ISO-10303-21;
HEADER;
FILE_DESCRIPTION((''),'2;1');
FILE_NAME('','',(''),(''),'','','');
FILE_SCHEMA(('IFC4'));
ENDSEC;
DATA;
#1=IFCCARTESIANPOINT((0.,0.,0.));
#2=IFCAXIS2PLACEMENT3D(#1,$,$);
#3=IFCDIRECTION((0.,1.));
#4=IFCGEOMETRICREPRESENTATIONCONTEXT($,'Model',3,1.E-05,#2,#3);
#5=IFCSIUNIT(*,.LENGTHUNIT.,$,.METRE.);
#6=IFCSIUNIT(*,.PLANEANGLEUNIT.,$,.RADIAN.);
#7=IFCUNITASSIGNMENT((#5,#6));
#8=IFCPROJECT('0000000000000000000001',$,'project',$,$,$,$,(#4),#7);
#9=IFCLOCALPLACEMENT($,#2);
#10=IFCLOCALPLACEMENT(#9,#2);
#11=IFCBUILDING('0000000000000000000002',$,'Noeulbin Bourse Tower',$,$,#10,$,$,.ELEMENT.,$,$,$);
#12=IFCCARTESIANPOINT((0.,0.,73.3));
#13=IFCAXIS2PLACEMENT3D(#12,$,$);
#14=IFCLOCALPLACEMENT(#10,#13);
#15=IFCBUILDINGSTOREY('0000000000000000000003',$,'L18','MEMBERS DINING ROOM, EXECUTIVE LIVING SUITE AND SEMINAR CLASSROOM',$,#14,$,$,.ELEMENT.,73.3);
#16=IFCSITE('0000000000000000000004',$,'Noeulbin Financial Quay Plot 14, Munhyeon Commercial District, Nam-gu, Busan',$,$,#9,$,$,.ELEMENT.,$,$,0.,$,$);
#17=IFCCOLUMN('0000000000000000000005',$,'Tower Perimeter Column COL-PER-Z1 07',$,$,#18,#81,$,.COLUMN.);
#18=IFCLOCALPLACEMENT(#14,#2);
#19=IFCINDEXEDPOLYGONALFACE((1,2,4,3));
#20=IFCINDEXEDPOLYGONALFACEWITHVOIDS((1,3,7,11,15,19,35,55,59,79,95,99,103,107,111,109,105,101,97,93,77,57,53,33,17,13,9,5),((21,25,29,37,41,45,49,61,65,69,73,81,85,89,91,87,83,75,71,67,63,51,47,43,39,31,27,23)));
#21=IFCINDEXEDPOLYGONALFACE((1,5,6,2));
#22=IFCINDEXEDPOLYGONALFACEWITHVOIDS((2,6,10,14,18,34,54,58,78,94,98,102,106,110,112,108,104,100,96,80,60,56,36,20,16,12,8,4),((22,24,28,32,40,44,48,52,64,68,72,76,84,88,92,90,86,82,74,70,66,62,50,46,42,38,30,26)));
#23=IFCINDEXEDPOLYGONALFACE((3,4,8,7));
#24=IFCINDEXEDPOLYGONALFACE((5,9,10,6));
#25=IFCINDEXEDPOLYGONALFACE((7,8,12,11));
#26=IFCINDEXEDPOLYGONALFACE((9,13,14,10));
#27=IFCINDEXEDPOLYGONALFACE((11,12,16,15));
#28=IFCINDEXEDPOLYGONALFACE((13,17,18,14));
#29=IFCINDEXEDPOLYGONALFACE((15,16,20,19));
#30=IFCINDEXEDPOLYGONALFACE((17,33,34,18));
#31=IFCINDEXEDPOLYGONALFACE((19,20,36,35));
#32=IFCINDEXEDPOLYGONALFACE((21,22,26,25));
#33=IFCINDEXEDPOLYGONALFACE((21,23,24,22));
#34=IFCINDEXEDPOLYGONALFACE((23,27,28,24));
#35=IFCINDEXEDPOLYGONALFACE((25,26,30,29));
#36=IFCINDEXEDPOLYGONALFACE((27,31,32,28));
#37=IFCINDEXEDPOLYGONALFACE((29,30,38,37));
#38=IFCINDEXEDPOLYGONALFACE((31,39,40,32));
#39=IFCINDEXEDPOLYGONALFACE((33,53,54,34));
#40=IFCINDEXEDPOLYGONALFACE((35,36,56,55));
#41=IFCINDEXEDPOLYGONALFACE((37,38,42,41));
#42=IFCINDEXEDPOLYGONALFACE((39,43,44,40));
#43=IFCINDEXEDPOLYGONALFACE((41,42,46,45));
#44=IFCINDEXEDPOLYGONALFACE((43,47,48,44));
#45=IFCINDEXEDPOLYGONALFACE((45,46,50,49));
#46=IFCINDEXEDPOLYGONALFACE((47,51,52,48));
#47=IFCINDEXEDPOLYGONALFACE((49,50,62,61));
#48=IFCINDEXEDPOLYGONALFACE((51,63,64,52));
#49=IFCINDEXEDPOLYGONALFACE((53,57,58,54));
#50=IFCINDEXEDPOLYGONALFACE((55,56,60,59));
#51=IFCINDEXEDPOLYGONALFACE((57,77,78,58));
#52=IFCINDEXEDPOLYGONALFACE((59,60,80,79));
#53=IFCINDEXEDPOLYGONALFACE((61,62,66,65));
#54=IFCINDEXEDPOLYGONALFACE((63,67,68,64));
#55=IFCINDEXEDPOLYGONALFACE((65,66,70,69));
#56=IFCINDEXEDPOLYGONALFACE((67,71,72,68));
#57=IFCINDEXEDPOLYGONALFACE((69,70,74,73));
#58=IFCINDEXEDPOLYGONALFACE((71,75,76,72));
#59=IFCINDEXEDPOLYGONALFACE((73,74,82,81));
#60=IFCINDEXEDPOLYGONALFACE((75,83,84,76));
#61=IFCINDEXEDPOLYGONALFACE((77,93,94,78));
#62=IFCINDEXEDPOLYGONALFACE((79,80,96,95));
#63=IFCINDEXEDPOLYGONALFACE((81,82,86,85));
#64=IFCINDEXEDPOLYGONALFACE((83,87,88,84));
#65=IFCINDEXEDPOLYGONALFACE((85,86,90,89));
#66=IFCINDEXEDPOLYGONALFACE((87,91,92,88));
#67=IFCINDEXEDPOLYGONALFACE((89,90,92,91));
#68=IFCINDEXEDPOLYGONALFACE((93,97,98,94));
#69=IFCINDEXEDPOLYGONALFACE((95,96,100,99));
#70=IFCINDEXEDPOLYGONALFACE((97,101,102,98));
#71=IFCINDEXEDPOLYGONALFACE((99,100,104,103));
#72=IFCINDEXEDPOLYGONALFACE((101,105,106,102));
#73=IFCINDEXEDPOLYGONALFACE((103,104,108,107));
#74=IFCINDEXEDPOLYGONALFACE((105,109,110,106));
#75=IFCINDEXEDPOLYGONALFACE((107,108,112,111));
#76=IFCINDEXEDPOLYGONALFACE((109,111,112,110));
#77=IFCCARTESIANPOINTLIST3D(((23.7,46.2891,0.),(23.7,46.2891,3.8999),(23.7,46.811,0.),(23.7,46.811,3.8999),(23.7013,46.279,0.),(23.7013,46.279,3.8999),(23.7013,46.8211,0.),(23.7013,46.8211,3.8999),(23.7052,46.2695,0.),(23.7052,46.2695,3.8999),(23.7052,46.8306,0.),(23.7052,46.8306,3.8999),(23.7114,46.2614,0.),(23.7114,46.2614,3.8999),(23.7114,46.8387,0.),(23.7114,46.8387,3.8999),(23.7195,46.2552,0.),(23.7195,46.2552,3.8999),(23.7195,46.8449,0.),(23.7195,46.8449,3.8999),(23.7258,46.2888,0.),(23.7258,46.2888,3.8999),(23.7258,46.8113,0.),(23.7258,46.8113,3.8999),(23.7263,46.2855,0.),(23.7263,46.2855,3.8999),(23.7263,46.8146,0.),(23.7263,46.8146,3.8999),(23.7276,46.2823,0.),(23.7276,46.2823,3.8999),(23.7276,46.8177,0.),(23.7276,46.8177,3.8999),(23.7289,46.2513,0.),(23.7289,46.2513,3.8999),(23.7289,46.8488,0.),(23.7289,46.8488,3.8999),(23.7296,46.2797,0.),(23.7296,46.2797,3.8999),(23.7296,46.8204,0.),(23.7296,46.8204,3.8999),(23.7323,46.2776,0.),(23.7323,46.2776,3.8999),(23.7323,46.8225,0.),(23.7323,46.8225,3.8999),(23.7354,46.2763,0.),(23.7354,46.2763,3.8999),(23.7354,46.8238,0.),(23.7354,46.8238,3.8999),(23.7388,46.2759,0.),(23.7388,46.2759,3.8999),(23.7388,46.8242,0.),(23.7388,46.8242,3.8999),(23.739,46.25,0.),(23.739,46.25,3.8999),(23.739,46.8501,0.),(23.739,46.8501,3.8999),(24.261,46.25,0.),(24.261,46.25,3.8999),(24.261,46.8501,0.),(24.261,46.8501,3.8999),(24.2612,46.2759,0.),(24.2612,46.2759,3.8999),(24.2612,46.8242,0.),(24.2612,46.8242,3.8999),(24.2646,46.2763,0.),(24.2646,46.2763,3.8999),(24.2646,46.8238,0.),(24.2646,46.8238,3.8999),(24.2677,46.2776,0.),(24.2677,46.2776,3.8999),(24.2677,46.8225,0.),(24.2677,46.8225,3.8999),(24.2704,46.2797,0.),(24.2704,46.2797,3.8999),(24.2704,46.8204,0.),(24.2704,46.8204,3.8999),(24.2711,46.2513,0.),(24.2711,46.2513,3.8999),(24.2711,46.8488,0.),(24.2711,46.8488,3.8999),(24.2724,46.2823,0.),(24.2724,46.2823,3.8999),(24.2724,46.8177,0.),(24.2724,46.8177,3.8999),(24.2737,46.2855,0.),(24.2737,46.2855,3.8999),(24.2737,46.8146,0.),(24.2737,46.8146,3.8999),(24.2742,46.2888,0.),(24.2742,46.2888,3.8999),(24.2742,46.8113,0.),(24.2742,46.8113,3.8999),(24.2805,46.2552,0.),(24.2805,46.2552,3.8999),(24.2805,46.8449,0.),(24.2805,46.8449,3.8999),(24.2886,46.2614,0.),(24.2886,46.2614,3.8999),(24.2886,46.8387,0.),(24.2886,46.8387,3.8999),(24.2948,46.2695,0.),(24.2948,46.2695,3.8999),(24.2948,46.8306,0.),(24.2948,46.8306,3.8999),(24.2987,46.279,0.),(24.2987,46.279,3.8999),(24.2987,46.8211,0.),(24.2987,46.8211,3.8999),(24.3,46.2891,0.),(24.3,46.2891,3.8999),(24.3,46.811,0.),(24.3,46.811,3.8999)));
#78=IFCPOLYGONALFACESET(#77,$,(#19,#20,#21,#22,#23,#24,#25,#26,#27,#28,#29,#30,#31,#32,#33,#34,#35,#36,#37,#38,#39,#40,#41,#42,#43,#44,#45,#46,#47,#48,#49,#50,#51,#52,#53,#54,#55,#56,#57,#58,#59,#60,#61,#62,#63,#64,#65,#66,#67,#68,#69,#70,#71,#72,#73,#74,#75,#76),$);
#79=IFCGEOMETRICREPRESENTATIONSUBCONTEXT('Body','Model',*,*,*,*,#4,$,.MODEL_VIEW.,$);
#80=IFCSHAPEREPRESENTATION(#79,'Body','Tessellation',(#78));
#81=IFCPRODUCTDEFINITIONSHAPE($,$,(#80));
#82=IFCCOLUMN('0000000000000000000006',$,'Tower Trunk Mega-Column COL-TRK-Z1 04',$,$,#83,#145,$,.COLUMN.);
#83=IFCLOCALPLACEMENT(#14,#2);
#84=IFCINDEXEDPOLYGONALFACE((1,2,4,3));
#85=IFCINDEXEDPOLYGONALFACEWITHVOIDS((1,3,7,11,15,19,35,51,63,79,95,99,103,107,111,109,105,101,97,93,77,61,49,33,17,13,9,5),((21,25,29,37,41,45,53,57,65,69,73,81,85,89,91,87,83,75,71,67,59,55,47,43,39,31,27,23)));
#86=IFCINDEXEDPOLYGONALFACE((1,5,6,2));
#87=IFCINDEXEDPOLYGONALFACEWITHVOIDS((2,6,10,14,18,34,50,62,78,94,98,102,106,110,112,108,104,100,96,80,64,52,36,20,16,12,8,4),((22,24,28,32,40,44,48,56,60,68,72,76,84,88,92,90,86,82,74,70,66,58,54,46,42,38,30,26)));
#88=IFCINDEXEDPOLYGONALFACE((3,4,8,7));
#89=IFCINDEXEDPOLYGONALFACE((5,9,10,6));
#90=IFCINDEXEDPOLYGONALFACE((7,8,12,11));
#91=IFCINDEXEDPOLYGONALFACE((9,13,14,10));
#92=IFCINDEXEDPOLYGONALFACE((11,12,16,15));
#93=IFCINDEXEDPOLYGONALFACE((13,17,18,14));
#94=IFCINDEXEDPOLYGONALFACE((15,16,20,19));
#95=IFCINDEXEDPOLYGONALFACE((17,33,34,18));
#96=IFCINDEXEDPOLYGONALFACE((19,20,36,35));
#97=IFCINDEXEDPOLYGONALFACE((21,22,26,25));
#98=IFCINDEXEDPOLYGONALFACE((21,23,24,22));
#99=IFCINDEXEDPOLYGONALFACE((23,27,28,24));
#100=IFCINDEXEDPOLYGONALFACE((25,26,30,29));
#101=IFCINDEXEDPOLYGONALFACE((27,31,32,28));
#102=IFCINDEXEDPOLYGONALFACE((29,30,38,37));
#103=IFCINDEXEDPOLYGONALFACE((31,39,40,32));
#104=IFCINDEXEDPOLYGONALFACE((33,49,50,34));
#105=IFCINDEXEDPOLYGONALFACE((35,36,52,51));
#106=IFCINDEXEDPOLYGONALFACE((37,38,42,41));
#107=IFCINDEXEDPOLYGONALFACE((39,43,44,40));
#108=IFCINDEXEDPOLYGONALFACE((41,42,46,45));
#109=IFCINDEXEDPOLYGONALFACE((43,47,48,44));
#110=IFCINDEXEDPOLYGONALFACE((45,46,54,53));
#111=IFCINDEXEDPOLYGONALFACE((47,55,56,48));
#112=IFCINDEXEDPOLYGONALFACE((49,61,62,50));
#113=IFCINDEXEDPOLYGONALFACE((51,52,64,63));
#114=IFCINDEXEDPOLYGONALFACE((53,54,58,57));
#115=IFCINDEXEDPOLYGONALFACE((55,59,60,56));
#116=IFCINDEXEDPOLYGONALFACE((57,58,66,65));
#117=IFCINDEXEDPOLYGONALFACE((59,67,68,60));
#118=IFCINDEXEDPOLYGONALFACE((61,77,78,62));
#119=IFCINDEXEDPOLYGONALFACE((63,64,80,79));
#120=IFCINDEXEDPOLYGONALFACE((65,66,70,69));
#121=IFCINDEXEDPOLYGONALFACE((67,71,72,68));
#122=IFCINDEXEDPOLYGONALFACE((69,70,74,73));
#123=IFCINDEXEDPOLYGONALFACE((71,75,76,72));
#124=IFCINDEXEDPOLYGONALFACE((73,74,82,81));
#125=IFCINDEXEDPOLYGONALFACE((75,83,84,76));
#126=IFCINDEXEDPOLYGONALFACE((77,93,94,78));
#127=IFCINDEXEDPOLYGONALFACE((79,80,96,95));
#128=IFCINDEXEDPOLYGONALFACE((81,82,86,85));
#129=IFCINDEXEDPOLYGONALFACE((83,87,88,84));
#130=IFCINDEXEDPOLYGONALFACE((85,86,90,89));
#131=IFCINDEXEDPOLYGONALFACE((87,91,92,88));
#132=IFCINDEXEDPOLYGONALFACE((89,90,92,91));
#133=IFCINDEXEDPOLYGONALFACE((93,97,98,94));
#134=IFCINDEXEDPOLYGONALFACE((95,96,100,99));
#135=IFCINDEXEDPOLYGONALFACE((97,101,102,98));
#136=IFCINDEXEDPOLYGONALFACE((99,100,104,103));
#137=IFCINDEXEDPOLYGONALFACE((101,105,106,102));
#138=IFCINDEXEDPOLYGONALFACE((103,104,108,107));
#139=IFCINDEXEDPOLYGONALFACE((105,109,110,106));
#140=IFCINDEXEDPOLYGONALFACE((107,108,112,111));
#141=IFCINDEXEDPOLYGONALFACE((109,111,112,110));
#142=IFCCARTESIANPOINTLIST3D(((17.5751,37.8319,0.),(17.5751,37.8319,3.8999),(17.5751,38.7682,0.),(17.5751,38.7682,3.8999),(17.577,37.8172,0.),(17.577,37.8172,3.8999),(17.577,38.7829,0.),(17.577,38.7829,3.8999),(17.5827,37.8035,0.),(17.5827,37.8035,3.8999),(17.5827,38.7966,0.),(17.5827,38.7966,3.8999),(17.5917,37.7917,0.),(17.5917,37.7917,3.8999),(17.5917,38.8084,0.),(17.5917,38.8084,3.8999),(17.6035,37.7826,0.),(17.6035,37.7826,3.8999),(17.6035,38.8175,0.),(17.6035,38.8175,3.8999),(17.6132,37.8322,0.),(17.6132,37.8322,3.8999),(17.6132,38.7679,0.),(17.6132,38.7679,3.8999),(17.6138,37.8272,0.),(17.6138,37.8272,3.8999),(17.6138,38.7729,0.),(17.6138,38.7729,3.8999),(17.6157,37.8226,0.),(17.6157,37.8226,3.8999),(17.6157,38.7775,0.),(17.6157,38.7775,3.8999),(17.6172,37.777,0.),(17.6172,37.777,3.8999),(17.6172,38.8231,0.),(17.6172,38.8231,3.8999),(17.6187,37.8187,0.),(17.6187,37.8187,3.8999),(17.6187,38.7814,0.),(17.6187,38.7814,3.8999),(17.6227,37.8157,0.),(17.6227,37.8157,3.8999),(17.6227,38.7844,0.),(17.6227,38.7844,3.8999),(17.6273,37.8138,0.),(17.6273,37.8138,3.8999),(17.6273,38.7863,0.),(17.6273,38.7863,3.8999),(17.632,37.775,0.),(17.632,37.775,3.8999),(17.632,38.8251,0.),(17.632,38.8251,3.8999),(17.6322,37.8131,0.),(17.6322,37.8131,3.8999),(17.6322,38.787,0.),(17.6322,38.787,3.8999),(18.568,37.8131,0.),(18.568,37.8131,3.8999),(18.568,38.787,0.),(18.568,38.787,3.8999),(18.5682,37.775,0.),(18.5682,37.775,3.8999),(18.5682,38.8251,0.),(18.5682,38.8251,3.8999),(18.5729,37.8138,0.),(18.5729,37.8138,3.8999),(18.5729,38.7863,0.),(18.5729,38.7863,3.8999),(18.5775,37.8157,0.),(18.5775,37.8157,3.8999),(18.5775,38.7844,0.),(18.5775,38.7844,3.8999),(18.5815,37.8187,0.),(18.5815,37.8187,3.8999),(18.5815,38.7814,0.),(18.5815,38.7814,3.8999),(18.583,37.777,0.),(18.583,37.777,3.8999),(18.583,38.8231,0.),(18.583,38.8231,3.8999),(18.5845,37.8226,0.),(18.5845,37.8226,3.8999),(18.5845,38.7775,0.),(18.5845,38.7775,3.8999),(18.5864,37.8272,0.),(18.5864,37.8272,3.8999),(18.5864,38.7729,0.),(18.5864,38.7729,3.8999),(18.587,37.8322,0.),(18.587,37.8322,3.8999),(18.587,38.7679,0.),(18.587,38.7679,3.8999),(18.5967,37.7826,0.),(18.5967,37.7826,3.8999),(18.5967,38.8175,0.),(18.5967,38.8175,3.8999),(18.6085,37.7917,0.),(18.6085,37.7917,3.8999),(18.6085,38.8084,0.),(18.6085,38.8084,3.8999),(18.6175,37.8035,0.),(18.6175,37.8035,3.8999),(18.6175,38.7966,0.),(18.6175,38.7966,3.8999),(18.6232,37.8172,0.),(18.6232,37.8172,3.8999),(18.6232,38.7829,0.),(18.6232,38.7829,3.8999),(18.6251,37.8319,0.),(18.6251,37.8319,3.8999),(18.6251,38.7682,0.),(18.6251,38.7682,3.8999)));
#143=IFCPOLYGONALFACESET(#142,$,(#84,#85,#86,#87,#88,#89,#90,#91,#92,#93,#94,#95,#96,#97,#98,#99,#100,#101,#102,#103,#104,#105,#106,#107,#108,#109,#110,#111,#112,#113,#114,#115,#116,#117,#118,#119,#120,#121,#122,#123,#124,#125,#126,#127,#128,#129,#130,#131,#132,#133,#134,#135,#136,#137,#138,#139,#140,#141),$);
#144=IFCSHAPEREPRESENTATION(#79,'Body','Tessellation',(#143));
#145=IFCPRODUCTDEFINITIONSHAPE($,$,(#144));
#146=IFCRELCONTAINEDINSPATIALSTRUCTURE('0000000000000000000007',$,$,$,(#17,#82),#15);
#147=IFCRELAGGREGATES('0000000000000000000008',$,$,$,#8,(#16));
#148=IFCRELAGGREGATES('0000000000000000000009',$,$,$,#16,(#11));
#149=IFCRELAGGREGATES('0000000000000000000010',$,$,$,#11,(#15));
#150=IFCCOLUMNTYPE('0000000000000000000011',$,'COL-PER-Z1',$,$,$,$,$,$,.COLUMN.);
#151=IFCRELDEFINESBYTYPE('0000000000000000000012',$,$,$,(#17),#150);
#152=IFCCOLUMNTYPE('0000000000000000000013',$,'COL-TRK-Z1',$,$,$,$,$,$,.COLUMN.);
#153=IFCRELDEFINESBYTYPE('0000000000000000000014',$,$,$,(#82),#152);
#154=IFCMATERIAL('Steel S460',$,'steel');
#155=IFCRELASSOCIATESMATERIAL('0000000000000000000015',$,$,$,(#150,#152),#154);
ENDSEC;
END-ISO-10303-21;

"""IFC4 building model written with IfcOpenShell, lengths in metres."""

from ifc_helpers import new_model, si_unit, direction, frame, origin, origin_2d, place, context, subcontext, project, spatial, hollow_rectangle, extrude, material, material_profile, profile_set, type_object, element, save


model = new_model("IFC4")

# Units and contexts
model_context = context("Model", 3, precision=1e-05, world=origin(), true_north=direction((0.0, 1.0)))
body_context = subcontext(model_context, "Body", "Model", "MODEL_VIEW")
ifc_project = project(units=[si_unit("LENGTHUNIT", "METRE"), si_unit("PLANEANGLEUNIT", "RADIAN")], contexts=[model_context])

# Site, building, storey
site_placement = place(None, origin())
site = spatial("IfcSite", under=ifc_project, at=site_placement, Name="Noeulbin Financial Quay Plot 14, Munhyeon Commercial District, Nam-gu, Busan", CompositionType="ELEMENT", RefElevation=0.0)
building_placement = place(site_placement, origin())
building = spatial("IfcBuilding", under=site, at=building_placement, Name="Noeulbin Bourse Tower", CompositionType="ELEMENT")
storey_placement = place(building_placement, frame((0.0, 0.0, 73.3)))
storey = spatial("IfcBuildingStorey", under=building, at=storey_placement, Name="L18", Description="MEMBERS DINING ROOM, EXECUTIVE LIVING SUITE AND SEMINAR CLASSROOM", CompositionType="ELEMENT", Elevation=73.3)

# Columns
ifc_material_1 = material(Name="Steel S460", Category="steel")
ifc_material_profile_1 = material_profile(ifc_material_1, hollow_rectangle(XDim=0.6001, YDim=0.6001, WallThickness=0.0259, InnerFilletRadius=0.0129, OuterFilletRadius=0.0391, at=origin_2d()), Name="BOX-600x600x26", Category="LoadBearing")
ifc_profile_set_1 = profile_set([ifc_material_profile_1], Name="Steel S460")
column_type_1 = type_object("IfcColumnType", Name="COL-PER-Z1", PredefinedType="COLUMN", material=ifc_profile_set_1)
column_placement = place(storey_placement, frame((24.0, 46.55, 0.0), z_axis=(0.0, 0.0, 1.0), x_axis=(1.0, 0.0, 0.0)))
element("IfcColumn", 1, at=column_placement, inside=storey, type_object=column_type_1, Name="Tower Perimeter Column COL-PER-Z1 07", PredefinedType="COLUMN", context=body_context, shape_type="SweptSolid", body=[
    extrude(hollow_rectangle(XDim=0.6001, YDim=0.6001, WallThickness=0.0259, InnerFilletRadius=0.0129, OuterFilletRadius=0.0391, at=origin_2d()), origin(), (0.0, 0.0, 1.0), 3.8999),
])
ifc_material_profile_2 = material_profile(ifc_material_1, hollow_rectangle(XDim=1.05, YDim=1.05, WallThickness=0.0381, InnerFilletRadius=0.019, OuterFilletRadius=0.0569, at=origin_2d()), Name="BOX-1050x1050x38", Category="LoadBearing")
ifc_profile_set_2 = profile_set([ifc_material_profile_2], Name="Steel S460")
column_type_2 = type_object("IfcColumnType", Name="COL-TRK-Z1", PredefinedType="COLUMN", material=ifc_profile_set_2)
for number, where, z_axis, x_axis, name in (
    (2, (18.1001, 38.3, 0.0), (0.0, 0.0, 1.0), (1.0, 0.0, 0.0), "Tower Trunk Mega-Column COL-TRK-Z1 04"),
):
    element("IfcColumn", number, at=place(storey_placement, frame(where, z_axis=z_axis, x_axis=x_axis)), inside=storey, type_object=column_type_2, Name=name, PredefinedType="COLUMN", context=body_context, shape_type="SweptSolid", body=[
        extrude(hollow_rectangle(XDim=1.05, YDim=1.05, WallThickness=0.0381, InnerFilletRadius=0.019, OuterFilletRadius=0.0569, at=origin_2d()), origin(), (0.0, 0.0, 1.0), 3.8999),
    ])

save(model, "model.ifc")
